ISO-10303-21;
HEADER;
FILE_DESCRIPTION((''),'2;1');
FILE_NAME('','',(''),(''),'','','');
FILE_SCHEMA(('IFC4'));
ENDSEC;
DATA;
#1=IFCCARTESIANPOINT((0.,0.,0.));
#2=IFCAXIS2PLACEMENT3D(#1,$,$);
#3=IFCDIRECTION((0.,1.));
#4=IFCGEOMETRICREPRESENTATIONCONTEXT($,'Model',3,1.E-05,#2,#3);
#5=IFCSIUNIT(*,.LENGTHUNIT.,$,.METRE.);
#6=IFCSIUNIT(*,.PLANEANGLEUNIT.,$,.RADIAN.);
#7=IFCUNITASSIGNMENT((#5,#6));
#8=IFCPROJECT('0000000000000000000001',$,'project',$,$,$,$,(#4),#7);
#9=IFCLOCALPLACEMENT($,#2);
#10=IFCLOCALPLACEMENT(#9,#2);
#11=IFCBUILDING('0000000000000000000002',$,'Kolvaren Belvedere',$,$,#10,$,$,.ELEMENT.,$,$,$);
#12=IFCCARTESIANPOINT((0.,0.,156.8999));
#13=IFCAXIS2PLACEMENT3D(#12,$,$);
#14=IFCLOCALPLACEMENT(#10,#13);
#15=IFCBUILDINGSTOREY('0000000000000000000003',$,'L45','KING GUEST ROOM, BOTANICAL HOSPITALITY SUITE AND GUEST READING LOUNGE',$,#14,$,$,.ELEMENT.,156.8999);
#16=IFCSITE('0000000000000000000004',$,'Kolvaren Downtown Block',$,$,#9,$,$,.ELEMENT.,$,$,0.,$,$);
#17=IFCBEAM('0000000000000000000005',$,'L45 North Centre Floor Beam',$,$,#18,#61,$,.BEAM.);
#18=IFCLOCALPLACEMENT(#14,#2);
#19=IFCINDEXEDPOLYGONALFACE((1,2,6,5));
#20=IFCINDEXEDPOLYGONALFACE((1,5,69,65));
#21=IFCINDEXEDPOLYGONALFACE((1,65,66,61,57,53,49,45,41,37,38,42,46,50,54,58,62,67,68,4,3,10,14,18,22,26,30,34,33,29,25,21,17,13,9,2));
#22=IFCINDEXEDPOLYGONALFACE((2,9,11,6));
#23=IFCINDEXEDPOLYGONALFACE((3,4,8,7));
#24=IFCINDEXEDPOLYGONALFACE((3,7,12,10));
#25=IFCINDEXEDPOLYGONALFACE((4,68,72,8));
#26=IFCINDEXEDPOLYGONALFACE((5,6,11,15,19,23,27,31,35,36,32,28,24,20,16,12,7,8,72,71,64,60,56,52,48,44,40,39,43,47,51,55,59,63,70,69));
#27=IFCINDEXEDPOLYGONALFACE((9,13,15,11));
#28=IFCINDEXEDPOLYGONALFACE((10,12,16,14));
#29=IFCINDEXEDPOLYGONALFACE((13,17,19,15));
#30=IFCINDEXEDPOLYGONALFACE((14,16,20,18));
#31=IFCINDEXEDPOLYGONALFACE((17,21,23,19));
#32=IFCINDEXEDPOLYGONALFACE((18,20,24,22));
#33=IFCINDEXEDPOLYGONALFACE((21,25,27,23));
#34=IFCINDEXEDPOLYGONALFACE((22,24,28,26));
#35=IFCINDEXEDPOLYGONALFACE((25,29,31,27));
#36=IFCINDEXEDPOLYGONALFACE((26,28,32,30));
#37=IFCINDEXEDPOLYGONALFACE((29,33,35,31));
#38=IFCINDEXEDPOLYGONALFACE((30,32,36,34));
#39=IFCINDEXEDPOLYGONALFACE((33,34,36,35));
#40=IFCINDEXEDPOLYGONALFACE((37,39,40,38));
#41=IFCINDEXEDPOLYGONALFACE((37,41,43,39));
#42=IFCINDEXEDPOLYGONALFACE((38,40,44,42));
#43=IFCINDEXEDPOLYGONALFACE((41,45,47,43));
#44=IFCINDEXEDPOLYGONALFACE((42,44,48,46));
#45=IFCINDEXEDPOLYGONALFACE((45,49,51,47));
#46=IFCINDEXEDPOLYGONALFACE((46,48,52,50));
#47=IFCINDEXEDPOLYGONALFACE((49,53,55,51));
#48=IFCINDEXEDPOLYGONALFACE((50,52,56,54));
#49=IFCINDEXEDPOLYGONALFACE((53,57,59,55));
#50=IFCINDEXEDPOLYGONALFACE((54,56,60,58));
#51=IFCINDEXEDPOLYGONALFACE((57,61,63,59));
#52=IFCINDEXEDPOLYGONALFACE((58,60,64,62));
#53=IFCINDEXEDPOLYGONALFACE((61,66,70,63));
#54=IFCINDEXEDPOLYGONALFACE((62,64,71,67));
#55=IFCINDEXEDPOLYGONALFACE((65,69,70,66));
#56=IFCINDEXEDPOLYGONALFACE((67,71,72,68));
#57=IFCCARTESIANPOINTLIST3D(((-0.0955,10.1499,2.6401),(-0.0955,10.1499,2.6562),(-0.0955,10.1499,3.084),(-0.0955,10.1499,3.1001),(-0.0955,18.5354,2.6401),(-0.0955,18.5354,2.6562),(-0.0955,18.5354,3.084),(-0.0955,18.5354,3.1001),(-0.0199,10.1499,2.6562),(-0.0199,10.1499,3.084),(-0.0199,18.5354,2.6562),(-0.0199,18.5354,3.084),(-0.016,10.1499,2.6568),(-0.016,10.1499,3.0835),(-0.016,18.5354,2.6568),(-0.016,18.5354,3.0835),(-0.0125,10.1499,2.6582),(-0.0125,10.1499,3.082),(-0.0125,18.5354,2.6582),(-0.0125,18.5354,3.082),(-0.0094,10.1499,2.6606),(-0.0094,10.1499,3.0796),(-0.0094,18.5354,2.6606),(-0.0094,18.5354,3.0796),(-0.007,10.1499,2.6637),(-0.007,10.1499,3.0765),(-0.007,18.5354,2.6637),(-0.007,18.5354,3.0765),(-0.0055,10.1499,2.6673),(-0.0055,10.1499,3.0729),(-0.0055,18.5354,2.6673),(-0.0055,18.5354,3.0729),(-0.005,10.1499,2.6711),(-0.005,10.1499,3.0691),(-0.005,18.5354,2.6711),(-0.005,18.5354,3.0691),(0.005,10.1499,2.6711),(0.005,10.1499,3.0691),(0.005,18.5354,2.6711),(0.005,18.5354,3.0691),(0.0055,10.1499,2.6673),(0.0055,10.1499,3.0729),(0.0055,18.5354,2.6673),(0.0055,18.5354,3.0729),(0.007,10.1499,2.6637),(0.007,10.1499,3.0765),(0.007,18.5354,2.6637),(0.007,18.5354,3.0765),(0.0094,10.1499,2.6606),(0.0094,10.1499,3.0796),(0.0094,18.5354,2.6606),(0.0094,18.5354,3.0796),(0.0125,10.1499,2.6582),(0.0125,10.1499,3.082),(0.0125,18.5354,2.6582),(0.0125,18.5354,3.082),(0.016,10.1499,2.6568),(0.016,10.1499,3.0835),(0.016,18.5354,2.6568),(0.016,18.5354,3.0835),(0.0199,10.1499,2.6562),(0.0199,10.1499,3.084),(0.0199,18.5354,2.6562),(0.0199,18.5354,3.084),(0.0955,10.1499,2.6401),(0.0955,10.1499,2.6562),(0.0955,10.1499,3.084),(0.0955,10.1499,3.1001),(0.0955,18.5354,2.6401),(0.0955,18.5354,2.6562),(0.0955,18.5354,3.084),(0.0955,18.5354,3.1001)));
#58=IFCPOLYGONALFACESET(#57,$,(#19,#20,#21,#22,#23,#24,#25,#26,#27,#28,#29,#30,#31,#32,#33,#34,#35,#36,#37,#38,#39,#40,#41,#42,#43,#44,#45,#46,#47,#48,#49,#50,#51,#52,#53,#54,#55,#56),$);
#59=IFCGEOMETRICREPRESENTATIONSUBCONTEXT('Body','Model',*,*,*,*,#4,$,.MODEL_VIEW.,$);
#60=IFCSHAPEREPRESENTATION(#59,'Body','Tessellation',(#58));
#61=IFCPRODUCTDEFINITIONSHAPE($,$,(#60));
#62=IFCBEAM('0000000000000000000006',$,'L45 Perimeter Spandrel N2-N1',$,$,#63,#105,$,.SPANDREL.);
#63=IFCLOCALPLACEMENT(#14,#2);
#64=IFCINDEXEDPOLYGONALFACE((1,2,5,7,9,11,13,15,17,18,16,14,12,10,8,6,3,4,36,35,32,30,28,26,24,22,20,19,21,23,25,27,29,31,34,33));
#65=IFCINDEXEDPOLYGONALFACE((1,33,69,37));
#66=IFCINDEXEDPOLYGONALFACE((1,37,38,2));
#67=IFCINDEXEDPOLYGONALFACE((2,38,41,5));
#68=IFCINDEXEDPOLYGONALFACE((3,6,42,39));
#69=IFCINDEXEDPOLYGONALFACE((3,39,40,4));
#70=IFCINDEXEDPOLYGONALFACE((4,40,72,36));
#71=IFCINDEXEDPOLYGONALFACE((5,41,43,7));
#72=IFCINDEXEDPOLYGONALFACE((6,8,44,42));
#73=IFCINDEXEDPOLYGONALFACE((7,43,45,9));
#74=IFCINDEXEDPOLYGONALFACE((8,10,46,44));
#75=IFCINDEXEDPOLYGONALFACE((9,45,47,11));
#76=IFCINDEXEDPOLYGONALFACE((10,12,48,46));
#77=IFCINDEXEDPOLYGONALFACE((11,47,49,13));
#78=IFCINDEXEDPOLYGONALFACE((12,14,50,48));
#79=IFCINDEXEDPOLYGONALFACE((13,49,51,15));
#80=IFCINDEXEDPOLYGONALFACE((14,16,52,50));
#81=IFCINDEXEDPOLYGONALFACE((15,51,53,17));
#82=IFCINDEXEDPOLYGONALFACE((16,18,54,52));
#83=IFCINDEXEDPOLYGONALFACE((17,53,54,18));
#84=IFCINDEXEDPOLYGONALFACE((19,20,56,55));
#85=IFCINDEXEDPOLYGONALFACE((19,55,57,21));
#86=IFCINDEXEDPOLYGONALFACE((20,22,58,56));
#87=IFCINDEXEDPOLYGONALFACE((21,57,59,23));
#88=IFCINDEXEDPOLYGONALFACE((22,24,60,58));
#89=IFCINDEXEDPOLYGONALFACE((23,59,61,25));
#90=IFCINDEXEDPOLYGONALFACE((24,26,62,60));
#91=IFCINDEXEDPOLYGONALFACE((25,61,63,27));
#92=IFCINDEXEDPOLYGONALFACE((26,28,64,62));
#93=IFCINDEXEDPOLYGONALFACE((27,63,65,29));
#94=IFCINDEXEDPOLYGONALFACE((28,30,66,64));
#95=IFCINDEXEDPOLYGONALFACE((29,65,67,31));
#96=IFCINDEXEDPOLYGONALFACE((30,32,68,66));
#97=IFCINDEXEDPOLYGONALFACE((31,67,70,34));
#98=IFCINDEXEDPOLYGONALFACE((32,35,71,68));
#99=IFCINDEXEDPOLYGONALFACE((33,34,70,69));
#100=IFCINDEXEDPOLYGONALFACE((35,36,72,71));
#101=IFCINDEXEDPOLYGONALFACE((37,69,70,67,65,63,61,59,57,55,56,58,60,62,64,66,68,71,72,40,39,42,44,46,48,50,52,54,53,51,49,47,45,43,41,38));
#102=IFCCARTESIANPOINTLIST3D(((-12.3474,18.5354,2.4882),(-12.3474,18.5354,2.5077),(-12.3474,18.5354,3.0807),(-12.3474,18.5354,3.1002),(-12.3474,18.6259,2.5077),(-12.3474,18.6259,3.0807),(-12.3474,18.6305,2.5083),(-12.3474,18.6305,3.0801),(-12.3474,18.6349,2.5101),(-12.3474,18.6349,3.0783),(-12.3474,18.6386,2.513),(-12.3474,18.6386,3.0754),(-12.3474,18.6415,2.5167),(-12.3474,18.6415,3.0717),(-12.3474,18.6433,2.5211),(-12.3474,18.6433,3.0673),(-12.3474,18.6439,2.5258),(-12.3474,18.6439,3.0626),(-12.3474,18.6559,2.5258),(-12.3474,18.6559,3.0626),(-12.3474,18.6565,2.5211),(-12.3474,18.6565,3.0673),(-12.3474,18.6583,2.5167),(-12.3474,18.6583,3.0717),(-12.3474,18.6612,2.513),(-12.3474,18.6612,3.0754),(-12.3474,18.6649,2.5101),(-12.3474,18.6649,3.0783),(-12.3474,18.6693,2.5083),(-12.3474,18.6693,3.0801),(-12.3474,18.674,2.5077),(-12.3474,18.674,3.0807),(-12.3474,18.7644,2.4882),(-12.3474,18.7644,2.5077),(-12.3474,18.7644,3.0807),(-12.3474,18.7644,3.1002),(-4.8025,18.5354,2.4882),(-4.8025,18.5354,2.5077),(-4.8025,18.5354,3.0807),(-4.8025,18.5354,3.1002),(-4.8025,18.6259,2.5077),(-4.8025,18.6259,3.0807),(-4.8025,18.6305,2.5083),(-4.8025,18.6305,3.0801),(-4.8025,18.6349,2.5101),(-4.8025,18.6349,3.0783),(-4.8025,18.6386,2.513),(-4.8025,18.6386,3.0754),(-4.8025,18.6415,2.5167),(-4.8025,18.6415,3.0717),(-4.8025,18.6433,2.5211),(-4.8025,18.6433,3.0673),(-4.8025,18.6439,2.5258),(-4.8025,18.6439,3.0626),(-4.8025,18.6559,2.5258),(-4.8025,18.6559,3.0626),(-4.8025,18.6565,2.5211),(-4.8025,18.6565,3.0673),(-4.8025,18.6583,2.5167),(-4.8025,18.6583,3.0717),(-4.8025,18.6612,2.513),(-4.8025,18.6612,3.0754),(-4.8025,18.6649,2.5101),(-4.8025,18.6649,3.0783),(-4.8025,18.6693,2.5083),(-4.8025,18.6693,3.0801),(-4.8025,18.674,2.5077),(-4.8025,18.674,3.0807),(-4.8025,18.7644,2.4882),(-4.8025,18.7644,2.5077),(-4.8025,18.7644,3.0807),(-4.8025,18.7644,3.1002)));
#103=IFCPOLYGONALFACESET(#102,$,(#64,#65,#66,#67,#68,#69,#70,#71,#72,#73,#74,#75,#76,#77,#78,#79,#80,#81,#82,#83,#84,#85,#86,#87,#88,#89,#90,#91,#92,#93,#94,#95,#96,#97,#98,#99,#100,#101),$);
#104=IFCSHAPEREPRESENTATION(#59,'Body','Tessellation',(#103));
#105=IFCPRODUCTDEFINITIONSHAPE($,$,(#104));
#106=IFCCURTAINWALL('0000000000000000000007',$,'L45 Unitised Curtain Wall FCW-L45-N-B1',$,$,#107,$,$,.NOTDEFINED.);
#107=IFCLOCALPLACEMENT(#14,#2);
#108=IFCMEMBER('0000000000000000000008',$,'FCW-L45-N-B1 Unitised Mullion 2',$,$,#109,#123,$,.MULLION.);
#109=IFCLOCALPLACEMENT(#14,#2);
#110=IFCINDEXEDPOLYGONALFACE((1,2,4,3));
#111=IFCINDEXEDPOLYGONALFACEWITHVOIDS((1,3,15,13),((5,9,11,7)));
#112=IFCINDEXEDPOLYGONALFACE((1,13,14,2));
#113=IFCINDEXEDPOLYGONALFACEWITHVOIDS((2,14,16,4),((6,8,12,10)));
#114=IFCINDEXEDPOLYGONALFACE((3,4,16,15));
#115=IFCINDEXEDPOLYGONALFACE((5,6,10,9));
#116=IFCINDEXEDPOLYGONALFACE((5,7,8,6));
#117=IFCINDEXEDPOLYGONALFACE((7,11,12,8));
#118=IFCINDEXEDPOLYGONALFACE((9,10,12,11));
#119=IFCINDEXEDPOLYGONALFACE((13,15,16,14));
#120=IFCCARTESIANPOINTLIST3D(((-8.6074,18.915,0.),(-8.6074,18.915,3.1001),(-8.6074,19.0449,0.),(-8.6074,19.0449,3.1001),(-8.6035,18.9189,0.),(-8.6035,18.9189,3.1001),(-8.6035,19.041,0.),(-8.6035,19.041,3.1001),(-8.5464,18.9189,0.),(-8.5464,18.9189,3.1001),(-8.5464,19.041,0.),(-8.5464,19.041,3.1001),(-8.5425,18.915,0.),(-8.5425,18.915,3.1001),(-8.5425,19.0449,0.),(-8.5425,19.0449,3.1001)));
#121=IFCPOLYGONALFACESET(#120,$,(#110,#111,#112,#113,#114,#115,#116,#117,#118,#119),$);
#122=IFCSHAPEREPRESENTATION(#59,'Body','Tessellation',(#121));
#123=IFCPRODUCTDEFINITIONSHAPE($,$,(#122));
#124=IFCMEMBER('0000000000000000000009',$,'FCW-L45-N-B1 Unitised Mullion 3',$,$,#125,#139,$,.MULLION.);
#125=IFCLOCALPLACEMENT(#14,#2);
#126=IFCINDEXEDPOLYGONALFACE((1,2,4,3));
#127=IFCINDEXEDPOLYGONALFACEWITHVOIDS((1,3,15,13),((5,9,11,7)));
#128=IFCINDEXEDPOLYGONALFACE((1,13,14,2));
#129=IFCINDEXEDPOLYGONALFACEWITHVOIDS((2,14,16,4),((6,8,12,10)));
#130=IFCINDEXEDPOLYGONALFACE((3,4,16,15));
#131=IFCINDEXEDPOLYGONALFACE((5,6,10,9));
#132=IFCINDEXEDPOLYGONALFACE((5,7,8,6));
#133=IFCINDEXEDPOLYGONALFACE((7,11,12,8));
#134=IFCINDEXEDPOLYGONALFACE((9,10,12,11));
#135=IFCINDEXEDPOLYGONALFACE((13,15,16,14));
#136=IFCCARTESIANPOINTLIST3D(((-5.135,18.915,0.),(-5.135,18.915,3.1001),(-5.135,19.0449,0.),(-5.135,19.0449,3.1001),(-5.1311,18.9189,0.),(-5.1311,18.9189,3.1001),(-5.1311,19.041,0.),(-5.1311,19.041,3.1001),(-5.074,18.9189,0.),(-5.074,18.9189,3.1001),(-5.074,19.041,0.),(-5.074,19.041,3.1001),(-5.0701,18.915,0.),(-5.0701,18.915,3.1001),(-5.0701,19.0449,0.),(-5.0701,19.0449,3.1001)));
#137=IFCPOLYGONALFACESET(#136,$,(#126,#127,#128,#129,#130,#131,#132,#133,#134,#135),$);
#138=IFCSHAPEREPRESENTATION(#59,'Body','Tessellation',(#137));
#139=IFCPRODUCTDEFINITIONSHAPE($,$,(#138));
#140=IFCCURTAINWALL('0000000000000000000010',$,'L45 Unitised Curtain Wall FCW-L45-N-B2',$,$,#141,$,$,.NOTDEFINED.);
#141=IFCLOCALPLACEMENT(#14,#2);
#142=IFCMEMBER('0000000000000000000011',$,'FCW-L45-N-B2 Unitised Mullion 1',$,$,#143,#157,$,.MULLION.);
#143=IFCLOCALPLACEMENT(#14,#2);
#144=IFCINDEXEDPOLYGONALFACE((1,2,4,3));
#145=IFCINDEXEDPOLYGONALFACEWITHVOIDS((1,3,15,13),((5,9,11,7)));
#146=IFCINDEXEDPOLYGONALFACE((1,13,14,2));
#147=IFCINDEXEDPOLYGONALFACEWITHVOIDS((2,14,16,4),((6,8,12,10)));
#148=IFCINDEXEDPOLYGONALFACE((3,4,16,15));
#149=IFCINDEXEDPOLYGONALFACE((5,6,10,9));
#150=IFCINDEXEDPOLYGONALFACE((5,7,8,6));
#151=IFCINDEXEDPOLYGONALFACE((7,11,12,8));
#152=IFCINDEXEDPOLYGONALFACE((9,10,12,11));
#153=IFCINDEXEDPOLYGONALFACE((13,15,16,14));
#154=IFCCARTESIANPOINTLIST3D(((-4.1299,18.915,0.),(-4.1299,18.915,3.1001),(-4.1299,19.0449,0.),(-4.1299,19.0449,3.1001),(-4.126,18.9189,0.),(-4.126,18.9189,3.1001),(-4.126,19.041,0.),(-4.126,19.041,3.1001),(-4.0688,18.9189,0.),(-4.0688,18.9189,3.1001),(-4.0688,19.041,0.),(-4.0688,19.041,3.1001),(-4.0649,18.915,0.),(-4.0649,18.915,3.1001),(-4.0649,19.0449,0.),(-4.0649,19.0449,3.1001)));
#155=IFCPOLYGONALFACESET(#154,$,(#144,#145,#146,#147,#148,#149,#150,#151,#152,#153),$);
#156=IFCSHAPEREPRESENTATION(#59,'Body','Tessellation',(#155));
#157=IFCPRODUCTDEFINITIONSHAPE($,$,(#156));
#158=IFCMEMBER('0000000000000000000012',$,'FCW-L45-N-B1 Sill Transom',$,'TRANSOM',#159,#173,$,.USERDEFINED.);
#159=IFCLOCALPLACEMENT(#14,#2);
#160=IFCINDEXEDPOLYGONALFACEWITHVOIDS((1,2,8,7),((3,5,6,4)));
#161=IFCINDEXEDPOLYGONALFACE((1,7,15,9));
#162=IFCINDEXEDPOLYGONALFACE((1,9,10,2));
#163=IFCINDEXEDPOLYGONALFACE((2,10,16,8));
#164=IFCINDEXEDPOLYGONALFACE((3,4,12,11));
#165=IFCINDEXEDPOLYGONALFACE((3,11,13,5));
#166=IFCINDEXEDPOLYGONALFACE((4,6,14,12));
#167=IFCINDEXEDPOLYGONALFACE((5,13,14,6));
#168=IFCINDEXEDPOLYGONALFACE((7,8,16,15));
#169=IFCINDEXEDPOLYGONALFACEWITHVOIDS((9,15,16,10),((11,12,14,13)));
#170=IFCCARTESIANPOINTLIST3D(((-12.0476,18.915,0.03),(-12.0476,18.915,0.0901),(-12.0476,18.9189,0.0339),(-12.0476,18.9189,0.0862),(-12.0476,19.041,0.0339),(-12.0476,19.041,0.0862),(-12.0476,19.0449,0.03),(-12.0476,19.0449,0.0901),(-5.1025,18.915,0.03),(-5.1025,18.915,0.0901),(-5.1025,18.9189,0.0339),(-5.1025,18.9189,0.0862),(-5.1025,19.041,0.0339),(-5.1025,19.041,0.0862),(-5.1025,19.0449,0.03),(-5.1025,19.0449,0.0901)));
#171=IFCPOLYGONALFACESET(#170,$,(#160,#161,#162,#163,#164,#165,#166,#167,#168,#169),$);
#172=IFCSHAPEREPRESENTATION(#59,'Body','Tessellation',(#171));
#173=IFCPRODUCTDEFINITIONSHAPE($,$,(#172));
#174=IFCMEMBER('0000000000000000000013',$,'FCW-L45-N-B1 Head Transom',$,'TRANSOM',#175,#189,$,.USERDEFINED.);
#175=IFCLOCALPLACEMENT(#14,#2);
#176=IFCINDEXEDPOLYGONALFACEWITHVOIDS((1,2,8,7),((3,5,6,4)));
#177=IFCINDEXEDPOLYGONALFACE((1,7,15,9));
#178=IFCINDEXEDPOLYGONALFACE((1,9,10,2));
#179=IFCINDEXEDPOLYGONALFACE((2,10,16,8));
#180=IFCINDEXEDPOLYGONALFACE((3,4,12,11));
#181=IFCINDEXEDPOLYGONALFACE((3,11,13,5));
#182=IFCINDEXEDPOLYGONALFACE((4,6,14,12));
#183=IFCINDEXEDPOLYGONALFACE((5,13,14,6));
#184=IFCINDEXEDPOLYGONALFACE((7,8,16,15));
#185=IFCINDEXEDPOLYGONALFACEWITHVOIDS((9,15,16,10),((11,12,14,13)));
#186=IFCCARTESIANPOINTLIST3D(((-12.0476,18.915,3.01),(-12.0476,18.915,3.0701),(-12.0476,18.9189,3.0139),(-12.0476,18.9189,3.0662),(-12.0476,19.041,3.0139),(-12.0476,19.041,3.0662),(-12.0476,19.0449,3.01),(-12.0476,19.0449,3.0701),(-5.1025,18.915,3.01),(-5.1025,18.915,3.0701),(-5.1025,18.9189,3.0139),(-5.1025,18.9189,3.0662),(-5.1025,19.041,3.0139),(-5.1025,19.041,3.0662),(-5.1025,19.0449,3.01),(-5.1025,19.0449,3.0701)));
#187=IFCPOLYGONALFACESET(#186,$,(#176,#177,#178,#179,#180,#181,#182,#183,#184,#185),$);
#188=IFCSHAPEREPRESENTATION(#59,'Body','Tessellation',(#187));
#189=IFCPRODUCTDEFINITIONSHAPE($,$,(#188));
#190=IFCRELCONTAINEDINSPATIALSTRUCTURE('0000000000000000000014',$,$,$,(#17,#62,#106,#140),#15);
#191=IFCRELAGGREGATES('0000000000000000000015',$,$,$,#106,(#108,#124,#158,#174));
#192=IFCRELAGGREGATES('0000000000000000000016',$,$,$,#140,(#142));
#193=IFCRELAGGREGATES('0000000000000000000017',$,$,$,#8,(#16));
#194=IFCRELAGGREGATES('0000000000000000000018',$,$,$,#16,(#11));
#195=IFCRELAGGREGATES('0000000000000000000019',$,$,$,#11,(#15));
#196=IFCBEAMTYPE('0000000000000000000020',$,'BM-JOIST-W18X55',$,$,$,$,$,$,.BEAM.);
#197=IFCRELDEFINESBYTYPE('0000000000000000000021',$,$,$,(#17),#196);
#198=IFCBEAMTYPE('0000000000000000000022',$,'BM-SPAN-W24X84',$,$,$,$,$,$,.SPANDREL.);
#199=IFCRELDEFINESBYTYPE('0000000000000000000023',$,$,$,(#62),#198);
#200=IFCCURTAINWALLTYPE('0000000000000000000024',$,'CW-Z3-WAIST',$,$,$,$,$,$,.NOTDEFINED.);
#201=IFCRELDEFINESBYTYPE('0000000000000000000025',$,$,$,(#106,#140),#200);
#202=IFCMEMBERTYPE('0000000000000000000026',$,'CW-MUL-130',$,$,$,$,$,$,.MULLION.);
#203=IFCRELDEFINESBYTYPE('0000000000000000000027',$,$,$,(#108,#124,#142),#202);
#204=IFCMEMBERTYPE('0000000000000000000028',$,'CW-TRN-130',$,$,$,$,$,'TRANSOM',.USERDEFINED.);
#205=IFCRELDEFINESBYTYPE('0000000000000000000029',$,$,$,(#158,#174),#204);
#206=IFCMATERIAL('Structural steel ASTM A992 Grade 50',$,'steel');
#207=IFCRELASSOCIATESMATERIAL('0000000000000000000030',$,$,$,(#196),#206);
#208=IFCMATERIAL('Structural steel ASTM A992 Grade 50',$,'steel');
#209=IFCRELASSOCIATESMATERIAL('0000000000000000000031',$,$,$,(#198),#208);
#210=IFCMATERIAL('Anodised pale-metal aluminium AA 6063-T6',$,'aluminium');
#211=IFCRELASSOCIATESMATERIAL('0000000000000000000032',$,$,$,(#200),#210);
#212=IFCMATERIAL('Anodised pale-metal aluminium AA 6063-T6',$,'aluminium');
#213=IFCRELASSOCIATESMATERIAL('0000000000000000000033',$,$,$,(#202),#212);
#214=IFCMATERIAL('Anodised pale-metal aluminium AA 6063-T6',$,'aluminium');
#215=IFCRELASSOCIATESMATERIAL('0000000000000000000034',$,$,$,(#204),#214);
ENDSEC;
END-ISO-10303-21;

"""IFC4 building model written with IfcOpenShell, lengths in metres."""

from ifc_helpers import new_model, si_unit, direction, frame, origin, origin_2d, place, context, subcontext, project, spatial, hollow_rectangle, i_section, extrude, material, material_profile, profile_set, type_object, element, aggregate, save


model = new_model("IFC4")

# Units and contexts
model_context = context("Model", 3, precision=1e-05, world=origin(), true_north=direction((0.0, 1.0)))
body_context = subcontext(model_context, "Body", "Model", "MODEL_VIEW")
ifc_project = project(units=[si_unit("LENGTHUNIT", "METRE"), si_unit("PLANEANGLEUNIT", "RADIAN")], contexts=[model_context])

# Site, building, storey
site_placement = place(None, origin())
site = spatial("IfcSite", under=ifc_project, at=site_placement, Name="Kolvaren Downtown Block", CompositionType="ELEMENT", RefElevation=0.0)
building_placement = place(site_placement, origin())
building = spatial("IfcBuilding", under=site, at=building_placement, Name="Kolvaren Belvedere", CompositionType="ELEMENT")
storey_placement = place(building_placement, frame((0.0, 0.0, 156.8999)))
storey = spatial("IfcBuildingStorey", under=building, at=storey_placement, Name="L45", Description="KING GUEST ROOM, BOTANICAL HOSPITALITY SUITE AND GUEST READING LOUNGE", CompositionType="ELEMENT", Elevation=156.8999)

# Beams
ifc_material_1 = material(Name="Structural steel ASTM A992 Grade 50", Category="steel")
ifc_material_profile_1 = material_profile(ifc_material_1, i_section(OverallWidth=0.1909, OverallDepth=0.46, WebThickness=0.01, FlangeThickness=0.0161, FilletRadius=0.0149, at=origin_2d()), Name="W18X55")
ifc_profile_set_1 = profile_set([ifc_material_profile_1], Name="Structural steel ASTM A992 Grade 50")
beam_type_1 = type_object("IfcBeamType", Name="BM-JOIST-W18X55", PredefinedType="BEAM", material=ifc_profile_set_1)
beam_1_placement = place(storey_placement, frame((0.0, 10.1499, 2.8701), z_axis=(0.0, 1.0, 0.0), x_axis=(-1.0, 0.0, 0.0)))
element("IfcBeam", 1, at=beam_1_placement, inside=storey, type_object=beam_type_1, Name="L45 North Centre Floor Beam", PredefinedType="BEAM", context=body_context, shape_type="SweptSolid", body=[
    extrude(i_section(OverallWidth=0.1909, OverallDepth=0.46, WebThickness=0.01, FlangeThickness=0.0161, FilletRadius=0.0149, at=origin_2d()), origin(), (0.0, 0.0, 1.0), 8.3855),
])
ifc_material_2 = material(Name="Structural steel ASTM A992 Grade 50", Category="steel")
ifc_material_profile_2 = material_profile(ifc_material_2, i_section(OverallWidth=0.229, OverallDepth=0.6121, WebThickness=0.012, FlangeThickness=0.0195, FilletRadius=0.0181, at=origin_2d()), Name="W24X84")
ifc_profile_set_2 = profile_set([ifc_material_profile_2], Name="Structural steel ASTM A992 Grade 50")
beam_type_2 = type_object("IfcBeamType", Name="BM-SPAN-W24X84", PredefinedType="SPANDREL", material=ifc_profile_set_2)
beam_2_placement = place(storey_placement, frame((-4.8025, 18.6499, 2.7942), z_axis=(-1.0, 0.0, 0.0), x_axis=(0.0, -1.0, 0.0)))
element("IfcBeam", 2, at=beam_2_placement, inside=storey, type_object=beam_type_2, Name="L45 Perimeter Spandrel N2-N1", PredefinedType="SPANDREL", context=body_context, shape_type="SweptSolid", body=[
    extrude(i_section(OverallWidth=0.229, OverallDepth=0.6121, WebThickness=0.012, FlangeThickness=0.0195, FilletRadius=0.0181, at=origin_2d()), origin(), (0.0, 0.0, 1.0), 7.5449),
])

# Curtain wall, members
ifc_material_3 = material(Name="Anodised pale-metal aluminium AA 6063-T6", Category="aluminium")
curtain_wall_type = type_object("IfcCurtainWallType", Name="CW-Z3-WAIST", PredefinedType="NOTDEFINED", material=ifc_material_3)
curtain_wall_1_placement = place(storey_placement, origin())
curtain_wall_1 = element("IfcCurtainWall", 3, at=curtain_wall_1_placement, inside=storey, type_object=curtain_wall_type, Name="L45 Unitised Curtain Wall FCW-L45-N-B1", PredefinedType="NOTDEFINED")
ifc_material_4 = material(Name="Anodised pale-metal aluminium AA 6063-T6", Category="aluminium")
ifc_material_profile_3 = material_profile(ifc_material_4, hollow_rectangle(XDim=0.0649, YDim=0.1299, WallThickness=0.0039, at=origin_2d()), Name="ALU-MUL-130X65")
ifc_profile_set_3 = profile_set([ifc_material_profile_3], Name="Anodised pale-metal aluminium AA 6063-T6")
member_type_1 = type_object("IfcMemberType", Name="CW-MUL-130", PredefinedType="MULLION", material=ifc_profile_set_3)
member_1_placement = place(storey_placement, frame((-8.575, 18.98, 0.0), z_axis=(0.0, 0.0, 1.0), x_axis=(1.0, 0.0, 0.0)))
member_1 = element("IfcMember", 4, at=member_1_placement, type_object=member_type_1, Name="FCW-L45-N-B1 Unitised Mullion 2", PredefinedType="MULLION", context=body_context, shape_type="SweptSolid", body=[
    extrude(hollow_rectangle(XDim=0.0649, YDim=0.1299, WallThickness=0.0039, at=origin_2d()), origin(), (0.0, 0.0, 1.0), 3.1001),
])
member_2_placement = place(storey_placement, frame((-5.1025, 18.98, 0.0), z_axis=(0.0, 0.0, 1.0), x_axis=(1.0, 0.0, 0.0)))
member_2 = element("IfcMember", 5, at=member_2_placement, type_object=member_type_1, Name="FCW-L45-N-B1 Unitised Mullion 3", PredefinedType="MULLION", context=body_context, shape_type="SweptSolid", body=[
    extrude(hollow_rectangle(XDim=0.0649, YDim=0.1299, WallThickness=0.0039, at=origin_2d()), origin(), (0.0, 0.0, 1.0), 3.1001),
])

# Curtain wall, member
curtain_wall_2_placement = place(storey_placement, origin())
curtain_wall_2 = element("IfcCurtainWall", 6, at=curtain_wall_2_placement, inside=storey, type_object=curtain_wall_type, Name="L45 Unitised Curtain Wall FCW-L45-N-B2", PredefinedType="NOTDEFINED")
member_3_placement = place(storey_placement, frame((-4.0974, 18.98, 0.0), z_axis=(0.0, 0.0, 1.0), x_axis=(1.0, 0.0, 0.0)))
member_3 = element("IfcMember", 7, at=member_3_placement, type_object=member_type_1, Name="FCW-L45-N-B2 Unitised Mullion 1", PredefinedType="MULLION", context=body_context, shape_type="SweptSolid", body=[
    extrude(hollow_rectangle(XDim=0.0649, YDim=0.1299, WallThickness=0.0039, at=origin_2d()), origin(), (0.0, 0.0, 1.0), 3.1001),
])

# Members
ifc_material_5 = material(Name="Anodised pale-metal aluminium AA 6063-T6", Category="aluminium")
ifc_material_profile_4 = material_profile(ifc_material_5, hollow_rectangle(XDim=0.0601, YDim=0.1299, WallThickness=0.0039, at=origin_2d()), Name="ALU-TRN-130X60")
ifc_profile_set_4 = profile_set([ifc_material_profile_4], Name="Anodised pale-metal aluminium AA 6063-T6")
member_type_2 = type_object("IfcMemberType", Name="CW-TRN-130", ElementType="TRANSOM", PredefinedType="USERDEFINED", material=ifc_profile_set_4)
member_4_placement = place(storey_placement, frame((-12.0476, 18.98, 0.0601), z_axis=(1.0, 0.0, 0.0), x_axis=(0.0, 0.0, 1.0)))
member_4 = element("IfcMember", 8, at=member_4_placement, type_object=member_type_2, Name="FCW-L45-N-B1 Sill Transom", ObjectType="TRANSOM", PredefinedType="USERDEFINED", context=body_context, shape_type="SweptSolid", body=[
    extrude(hollow_rectangle(XDim=0.0601, YDim=0.1299, WallThickness=0.0039, at=origin_2d()), origin(), (0.0, 0.0, 1.0), 6.9451),
])
member_5_placement = place(storey_placement, frame((-12.0476, 18.98, 3.04), z_axis=(1.0, 0.0, 0.0), x_axis=(0.0, 0.0, 1.0)))
member_5 = element("IfcMember", 9, at=member_5_placement, type_object=member_type_2, Name="FCW-L45-N-B1 Head Transom", ObjectType="TRANSOM", PredefinedType="USERDEFINED", context=body_context, shape_type="SweptSolid", body=[
    extrude(hollow_rectangle(XDim=0.0601, YDim=0.1299, WallThickness=0.0039, at=origin_2d()), origin(), (0.0, 0.0, 1.0), 6.9451),
])

aggregate(curtain_wall_1, [member_1, member_2, member_4, member_5])
aggregate(curtain_wall_2, [member_3])

save(model, "model.ifc")
